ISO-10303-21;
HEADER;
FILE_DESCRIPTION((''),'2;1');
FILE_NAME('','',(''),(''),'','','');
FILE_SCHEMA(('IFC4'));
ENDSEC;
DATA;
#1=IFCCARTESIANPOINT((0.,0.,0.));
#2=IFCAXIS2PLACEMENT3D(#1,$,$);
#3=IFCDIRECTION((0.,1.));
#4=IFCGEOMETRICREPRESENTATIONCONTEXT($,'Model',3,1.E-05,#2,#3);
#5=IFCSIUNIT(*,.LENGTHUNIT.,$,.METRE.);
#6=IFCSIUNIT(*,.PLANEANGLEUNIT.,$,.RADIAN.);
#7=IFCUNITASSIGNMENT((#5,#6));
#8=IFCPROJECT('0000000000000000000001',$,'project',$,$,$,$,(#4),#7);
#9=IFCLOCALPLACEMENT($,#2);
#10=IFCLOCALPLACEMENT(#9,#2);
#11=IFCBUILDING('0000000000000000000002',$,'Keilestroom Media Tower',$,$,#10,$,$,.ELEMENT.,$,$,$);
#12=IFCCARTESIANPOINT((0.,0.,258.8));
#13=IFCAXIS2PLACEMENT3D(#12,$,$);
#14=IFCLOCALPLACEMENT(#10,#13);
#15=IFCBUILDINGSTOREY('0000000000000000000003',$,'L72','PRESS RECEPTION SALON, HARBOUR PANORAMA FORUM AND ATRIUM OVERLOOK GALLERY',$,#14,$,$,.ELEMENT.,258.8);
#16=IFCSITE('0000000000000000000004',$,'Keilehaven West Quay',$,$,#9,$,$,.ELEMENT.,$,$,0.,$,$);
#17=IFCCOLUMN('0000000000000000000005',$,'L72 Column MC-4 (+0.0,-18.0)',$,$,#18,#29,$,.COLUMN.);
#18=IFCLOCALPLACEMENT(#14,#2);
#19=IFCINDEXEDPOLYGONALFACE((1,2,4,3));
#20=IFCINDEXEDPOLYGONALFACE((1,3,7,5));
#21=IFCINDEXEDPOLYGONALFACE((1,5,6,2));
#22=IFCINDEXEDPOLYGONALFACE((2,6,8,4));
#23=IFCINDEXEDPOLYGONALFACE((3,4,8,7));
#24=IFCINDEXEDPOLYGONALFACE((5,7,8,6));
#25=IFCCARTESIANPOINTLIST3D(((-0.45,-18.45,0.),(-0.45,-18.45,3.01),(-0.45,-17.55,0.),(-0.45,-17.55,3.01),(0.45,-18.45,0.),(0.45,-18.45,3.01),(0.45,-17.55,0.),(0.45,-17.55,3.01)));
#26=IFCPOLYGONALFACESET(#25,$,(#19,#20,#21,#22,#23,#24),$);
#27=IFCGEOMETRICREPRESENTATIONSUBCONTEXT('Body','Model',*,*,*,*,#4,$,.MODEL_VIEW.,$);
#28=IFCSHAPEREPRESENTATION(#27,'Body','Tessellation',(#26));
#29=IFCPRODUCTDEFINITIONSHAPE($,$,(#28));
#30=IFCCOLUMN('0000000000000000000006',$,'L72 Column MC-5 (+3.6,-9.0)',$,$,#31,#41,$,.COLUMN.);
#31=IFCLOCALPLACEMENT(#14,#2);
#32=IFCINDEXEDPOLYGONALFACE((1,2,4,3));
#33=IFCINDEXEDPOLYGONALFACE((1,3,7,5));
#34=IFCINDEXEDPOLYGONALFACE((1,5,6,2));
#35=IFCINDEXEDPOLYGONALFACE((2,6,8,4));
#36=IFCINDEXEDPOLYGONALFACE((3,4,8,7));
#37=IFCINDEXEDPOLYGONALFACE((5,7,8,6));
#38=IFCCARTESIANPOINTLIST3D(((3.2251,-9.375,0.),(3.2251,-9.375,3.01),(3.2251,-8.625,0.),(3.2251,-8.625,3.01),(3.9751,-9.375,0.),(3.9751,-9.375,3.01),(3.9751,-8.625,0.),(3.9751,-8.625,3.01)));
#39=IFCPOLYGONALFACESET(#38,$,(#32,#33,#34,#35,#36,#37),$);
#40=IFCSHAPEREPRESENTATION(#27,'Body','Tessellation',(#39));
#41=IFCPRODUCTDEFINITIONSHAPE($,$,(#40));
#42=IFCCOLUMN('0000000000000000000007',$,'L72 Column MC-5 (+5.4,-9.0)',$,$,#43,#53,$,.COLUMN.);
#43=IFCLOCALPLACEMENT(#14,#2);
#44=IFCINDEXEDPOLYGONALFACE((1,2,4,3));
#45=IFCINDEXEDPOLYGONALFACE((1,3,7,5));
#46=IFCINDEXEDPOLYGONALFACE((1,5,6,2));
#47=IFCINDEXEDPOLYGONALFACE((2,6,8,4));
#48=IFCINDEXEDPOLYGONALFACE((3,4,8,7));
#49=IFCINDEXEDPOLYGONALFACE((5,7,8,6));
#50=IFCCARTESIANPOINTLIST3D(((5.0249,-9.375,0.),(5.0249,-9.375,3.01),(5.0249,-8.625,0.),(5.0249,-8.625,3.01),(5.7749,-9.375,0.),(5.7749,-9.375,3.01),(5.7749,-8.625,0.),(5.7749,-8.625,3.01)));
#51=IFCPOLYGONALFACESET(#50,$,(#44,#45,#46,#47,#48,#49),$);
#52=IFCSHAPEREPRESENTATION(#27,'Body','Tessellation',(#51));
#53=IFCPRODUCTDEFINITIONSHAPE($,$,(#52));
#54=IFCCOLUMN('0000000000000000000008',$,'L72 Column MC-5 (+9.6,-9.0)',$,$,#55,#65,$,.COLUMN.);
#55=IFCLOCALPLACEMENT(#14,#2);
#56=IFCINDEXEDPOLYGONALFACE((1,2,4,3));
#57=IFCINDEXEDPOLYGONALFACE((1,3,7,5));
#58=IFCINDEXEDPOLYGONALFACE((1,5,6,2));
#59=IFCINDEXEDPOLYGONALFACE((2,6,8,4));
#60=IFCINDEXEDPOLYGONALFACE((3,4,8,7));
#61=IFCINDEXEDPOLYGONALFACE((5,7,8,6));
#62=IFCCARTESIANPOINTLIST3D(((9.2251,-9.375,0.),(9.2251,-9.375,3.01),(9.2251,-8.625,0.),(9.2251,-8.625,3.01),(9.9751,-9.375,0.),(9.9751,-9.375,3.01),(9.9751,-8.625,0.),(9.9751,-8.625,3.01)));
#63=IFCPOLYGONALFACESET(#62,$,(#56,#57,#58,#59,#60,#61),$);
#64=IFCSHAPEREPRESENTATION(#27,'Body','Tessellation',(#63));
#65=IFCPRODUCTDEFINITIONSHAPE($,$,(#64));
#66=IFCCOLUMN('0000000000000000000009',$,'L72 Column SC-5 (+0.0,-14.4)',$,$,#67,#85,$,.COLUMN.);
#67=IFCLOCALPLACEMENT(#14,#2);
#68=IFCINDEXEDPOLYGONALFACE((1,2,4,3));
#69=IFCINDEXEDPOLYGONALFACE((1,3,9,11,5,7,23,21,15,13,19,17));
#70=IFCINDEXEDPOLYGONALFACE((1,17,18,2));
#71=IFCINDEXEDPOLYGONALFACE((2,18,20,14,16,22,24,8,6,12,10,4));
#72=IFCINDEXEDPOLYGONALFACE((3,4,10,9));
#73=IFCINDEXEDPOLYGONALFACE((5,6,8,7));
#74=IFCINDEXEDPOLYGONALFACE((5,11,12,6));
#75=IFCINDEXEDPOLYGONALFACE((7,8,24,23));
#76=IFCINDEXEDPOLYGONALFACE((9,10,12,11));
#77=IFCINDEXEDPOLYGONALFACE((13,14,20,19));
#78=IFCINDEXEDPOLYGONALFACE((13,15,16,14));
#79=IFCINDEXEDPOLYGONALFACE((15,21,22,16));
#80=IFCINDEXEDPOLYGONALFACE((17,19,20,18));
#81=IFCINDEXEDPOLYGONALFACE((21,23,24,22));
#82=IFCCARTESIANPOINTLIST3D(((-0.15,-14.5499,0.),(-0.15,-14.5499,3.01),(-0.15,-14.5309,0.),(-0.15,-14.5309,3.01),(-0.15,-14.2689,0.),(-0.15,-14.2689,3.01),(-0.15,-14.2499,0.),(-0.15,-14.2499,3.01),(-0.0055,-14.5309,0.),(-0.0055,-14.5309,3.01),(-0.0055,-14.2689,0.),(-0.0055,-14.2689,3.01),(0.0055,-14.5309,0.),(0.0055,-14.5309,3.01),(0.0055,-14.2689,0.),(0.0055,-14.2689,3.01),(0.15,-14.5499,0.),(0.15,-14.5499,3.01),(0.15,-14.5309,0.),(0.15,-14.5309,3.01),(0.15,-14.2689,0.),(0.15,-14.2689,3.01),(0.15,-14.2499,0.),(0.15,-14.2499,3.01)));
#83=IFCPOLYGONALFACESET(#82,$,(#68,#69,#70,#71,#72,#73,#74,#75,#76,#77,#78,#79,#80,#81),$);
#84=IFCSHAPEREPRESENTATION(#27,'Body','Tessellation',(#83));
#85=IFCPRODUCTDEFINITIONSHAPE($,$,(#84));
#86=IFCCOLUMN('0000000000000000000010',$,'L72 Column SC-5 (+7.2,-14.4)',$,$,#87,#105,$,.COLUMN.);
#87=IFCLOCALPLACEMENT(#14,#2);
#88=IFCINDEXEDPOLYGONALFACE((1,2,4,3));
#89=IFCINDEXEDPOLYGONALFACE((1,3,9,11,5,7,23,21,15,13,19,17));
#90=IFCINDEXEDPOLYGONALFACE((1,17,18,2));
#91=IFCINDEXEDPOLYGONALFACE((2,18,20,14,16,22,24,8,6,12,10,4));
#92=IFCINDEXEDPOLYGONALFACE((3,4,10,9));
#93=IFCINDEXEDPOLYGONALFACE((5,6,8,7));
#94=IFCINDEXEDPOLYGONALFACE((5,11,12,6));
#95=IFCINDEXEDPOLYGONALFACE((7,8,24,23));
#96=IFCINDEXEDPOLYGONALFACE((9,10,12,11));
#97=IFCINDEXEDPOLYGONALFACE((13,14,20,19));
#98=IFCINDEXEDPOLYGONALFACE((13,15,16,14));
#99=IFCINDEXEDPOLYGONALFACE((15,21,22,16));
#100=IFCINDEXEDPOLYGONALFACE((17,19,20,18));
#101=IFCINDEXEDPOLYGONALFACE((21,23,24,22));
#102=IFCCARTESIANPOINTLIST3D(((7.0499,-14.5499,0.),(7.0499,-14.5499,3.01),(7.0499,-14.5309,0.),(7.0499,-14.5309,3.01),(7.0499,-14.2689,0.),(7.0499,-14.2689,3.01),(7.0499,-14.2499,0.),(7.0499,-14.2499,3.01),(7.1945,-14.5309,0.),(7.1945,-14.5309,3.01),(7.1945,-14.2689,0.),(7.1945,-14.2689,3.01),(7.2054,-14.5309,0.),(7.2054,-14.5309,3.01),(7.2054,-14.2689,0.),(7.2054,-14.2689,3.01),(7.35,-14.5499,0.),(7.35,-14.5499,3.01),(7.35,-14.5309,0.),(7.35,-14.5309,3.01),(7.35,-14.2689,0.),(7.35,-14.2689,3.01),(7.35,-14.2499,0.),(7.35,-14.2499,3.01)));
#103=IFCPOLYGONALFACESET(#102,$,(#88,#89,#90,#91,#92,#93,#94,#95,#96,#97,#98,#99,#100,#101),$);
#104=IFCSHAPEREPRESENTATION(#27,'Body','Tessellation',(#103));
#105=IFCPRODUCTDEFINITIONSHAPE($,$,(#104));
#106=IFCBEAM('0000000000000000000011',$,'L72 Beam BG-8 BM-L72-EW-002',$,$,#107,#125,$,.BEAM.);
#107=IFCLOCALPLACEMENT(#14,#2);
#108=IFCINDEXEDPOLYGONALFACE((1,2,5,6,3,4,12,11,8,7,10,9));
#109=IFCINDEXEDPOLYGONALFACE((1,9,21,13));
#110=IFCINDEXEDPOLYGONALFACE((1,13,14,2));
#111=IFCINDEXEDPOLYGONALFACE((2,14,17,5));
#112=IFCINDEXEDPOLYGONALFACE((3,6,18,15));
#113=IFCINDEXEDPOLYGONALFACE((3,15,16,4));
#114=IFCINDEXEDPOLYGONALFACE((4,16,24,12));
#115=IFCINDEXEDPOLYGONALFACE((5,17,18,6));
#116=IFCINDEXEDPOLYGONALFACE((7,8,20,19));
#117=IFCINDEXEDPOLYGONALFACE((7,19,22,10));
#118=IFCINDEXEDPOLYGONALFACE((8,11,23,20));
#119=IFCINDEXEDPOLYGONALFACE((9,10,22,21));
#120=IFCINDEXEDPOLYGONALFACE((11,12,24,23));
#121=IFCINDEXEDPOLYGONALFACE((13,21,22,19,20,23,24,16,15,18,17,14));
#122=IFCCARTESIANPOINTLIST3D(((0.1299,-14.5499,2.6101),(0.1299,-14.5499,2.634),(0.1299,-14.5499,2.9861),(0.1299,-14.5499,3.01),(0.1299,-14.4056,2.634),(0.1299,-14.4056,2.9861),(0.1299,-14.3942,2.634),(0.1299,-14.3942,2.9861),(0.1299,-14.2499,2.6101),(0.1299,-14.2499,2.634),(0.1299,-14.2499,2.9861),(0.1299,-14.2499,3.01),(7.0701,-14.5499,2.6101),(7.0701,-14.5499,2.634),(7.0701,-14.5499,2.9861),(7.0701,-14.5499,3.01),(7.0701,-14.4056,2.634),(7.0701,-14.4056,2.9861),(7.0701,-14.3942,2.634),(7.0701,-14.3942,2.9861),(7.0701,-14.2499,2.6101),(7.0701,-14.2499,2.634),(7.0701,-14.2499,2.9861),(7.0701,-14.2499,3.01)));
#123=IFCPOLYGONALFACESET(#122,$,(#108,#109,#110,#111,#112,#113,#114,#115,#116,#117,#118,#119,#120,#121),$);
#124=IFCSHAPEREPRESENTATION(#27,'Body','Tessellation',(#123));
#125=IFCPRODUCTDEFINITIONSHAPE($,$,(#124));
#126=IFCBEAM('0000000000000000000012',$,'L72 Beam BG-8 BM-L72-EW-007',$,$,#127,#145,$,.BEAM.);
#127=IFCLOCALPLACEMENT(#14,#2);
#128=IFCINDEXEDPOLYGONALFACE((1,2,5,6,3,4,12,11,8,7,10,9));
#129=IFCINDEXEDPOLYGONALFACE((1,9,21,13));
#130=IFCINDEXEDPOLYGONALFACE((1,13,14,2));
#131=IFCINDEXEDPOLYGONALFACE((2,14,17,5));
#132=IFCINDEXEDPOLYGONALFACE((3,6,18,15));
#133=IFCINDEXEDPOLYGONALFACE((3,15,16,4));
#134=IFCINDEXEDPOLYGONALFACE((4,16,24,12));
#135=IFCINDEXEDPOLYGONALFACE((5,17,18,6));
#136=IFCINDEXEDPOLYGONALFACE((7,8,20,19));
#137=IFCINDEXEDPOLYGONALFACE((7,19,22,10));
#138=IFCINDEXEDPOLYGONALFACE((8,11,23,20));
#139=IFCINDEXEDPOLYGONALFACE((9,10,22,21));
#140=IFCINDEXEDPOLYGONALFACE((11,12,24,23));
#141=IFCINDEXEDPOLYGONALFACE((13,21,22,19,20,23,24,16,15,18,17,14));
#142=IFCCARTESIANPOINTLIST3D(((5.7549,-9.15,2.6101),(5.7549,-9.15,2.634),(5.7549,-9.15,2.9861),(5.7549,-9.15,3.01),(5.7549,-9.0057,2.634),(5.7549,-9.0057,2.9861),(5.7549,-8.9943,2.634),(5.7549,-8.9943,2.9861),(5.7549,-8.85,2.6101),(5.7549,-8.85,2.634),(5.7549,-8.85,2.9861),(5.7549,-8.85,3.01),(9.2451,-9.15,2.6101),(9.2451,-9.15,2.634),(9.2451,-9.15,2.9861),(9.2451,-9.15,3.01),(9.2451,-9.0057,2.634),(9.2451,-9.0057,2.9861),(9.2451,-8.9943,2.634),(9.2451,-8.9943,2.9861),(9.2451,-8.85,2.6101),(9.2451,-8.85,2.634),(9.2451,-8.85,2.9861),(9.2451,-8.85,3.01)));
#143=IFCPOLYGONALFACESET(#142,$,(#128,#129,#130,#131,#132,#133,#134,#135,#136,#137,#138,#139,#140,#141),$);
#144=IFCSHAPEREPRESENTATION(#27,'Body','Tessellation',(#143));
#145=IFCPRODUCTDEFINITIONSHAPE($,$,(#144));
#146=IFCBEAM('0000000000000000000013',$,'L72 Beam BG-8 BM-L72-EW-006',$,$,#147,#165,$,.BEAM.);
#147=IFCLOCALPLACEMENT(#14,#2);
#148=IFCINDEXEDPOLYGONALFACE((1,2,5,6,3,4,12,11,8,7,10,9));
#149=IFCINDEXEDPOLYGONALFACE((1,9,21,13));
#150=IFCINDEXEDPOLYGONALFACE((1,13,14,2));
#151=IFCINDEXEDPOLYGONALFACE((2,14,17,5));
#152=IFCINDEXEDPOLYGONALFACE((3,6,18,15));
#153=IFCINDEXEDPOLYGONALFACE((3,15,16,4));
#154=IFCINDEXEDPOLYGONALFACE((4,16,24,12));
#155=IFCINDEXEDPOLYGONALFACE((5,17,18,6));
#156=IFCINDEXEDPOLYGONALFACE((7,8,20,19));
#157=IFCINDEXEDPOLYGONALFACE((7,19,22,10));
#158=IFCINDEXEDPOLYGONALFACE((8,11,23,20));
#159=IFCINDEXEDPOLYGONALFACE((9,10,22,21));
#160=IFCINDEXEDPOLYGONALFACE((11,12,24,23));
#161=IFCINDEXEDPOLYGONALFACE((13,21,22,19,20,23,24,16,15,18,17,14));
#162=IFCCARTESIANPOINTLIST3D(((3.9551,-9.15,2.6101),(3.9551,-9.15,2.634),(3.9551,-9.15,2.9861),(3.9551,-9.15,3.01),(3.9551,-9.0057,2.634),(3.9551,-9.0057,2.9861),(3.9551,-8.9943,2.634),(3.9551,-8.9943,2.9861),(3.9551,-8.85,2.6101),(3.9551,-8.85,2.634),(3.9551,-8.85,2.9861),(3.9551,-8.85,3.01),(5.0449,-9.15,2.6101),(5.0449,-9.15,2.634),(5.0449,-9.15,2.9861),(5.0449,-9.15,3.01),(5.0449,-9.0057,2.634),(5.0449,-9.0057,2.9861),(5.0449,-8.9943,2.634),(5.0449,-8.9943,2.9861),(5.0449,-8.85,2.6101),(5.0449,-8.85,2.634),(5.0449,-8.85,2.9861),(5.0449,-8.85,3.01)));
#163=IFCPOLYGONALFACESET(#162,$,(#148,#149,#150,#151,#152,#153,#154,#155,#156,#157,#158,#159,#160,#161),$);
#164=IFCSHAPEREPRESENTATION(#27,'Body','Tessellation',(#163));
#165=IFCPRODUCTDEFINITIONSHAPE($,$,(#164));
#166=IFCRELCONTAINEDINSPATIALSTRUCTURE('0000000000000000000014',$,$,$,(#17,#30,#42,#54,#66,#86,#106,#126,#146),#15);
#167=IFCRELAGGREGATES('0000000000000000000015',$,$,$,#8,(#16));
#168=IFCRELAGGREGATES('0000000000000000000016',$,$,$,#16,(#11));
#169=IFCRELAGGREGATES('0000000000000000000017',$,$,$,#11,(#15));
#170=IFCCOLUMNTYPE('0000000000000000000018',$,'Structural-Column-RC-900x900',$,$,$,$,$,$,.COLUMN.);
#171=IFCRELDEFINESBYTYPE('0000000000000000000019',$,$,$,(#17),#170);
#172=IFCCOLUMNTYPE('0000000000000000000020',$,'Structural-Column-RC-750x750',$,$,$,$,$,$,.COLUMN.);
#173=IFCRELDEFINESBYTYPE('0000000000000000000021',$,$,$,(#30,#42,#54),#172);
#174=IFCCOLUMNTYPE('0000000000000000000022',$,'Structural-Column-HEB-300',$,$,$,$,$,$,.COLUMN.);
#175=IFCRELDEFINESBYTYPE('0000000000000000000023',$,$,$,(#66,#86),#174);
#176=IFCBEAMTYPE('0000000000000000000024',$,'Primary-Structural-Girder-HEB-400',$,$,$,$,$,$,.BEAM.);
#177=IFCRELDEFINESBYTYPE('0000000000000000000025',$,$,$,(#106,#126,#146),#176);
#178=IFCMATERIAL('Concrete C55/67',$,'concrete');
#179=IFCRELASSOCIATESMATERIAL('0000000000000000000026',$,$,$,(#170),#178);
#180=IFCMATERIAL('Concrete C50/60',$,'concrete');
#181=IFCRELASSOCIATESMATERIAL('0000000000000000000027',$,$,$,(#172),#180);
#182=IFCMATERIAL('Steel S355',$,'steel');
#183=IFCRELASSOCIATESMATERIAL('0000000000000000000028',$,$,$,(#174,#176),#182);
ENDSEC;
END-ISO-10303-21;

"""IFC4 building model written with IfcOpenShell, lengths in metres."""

from ifc_helpers import new_model, si_unit, direction, frame, origin, origin_2d, place, context, subcontext, project, spatial, rectangle, i_section, extrude, source, transform, mapped, material, material_profile, profile_set, type_object, element, save


model = new_model("IFC4")

# Units and contexts
model_context = context("Model", 3, precision=1e-05, world=origin(), true_north=direction((0.0, 1.0)))
body_context = subcontext(model_context, "Body", "Model", "MODEL_VIEW")
ifc_project = project(units=[si_unit("LENGTHUNIT", "METRE"), si_unit("PLANEANGLEUNIT", "RADIAN")], contexts=[model_context])

# Site, building, storey
site_placement = place(None, origin())
site = spatial("IfcSite", under=ifc_project, at=site_placement, Name="Keilehaven West Quay", CompositionType="ELEMENT", RefElevation=0.0)
building_placement = place(site_placement, origin())
building = spatial("IfcBuilding", under=site, at=building_placement, Name="Keilestroom Media Tower", CompositionType="ELEMENT")
storey_placement = place(building_placement, frame((0.0, 0.0, 258.8)))
storey = spatial("IfcBuildingStorey", under=building, at=storey_placement, Name="L72", Description="PRESS RECEPTION SALON, HARBOUR PANORAMA FORUM AND ATRIUM OVERLOOK GALLERY", CompositionType="ELEMENT", Elevation=258.8)

# Columns
ifc_material_1 = material(Name="Concrete C55/67", Category="concrete")
ifc_material_profile_1 = material_profile(ifc_material_1, rectangle(XDim=0.8999, YDim=0.8999, at=origin_2d()), Name="RC 900x900")
ifc_profile_set_1 = profile_set([ifc_material_profile_1], Name="Concrete C55/67")
column_type_1 = type_object("IfcColumnType", Name="Structural-Column-RC-900x900", PredefinedType="COLUMN", material=ifc_profile_set_1)
shared_shape_1 = source(origin(), body_context, "Body", "SweptSolid", [
    extrude(rectangle(XDim=0.8999, YDim=0.8999, at=origin_2d()), origin(), (0.0, 0.0, 1.0), 3.01),
])
column_placement = place(storey_placement, frame((0.0, -18.0, 0.0), z_axis=(0.0, 0.0, 1.0), x_axis=(1.0, 0.0, 0.0)))
element("IfcColumn", 1, at=column_placement, inside=storey, type_object=column_type_1, Name="L72 Column MC-4 (+0.0,-18.0)", PredefinedType="COLUMN", context=body_context, shape_type="MappedRepresentation", body=[
    mapped(shared_shape_1, transform((0.0, 0.0, 0.0), x_axis=(1.0, 0.0, 0.0), y_axis=(0.0, 1.0, 0.0), z_axis=(0.0, 0.0, 1.0), scale=1.0)),
])
ifc_material_2 = material(Name="Concrete C50/60", Category="concrete")
ifc_material_profile_2 = material_profile(ifc_material_2, rectangle(XDim=0.75, YDim=0.75, at=origin_2d()), Name="RC 750x750")
ifc_profile_set_2 = profile_set([ifc_material_profile_2], Name="Concrete C50/60")
column_type_2 = type_object("IfcColumnType", Name="Structural-Column-RC-750x750", PredefinedType="COLUMN", material=ifc_profile_set_2)
shared_shape_2 = source(origin(), body_context, "Body", "SweptSolid", [
    extrude(rectangle(XDim=0.75, YDim=0.75, at=origin_2d()), origin(), (0.0, 0.0, 1.0), 3.01),
])
for number, where, z_axis, x_axis, name in (
    (2, (3.6001, -9.0, 0.0), (0.0, 0.0, 1.0), (1.0, 0.0, 0.0), "L72 Column MC-5 (+3.6,-9.0)"),
    (3, (5.3999, -9.0, 0.0), (0.0, 0.0, 1.0), (1.0, 0.0, 0.0), "L72 Column MC-5 (+5.4,-9.0)"),
    (4, (9.6001, -9.0, 0.0), (0.0, 0.0, 1.0), (1.0, 0.0, 0.0), "L72 Column MC-5 (+9.6,-9.0)"),
):
    element("IfcColumn", number, at=place(storey_placement, frame(where, z_axis=z_axis, x_axis=x_axis)), inside=storey, type_object=column_type_2, Name=name, PredefinedType="COLUMN", context=body_context, shape_type="MappedRepresentation", body=[
        mapped(shared_shape_2, transform((0.0, 0.0, 0.0), x_axis=(1.0, 0.0, 0.0), y_axis=(0.0, 1.0, 0.0), z_axis=(0.0, 0.0, 1.0), scale=1.0)),
    ])
ifc_material_3 = material(Name="Steel S355", Category="steel")
ifc_material_profile_3 = material_profile(ifc_material_3, i_section(OverallWidth=0.3, OverallDepth=0.3, WebThickness=0.011, FlangeThickness=0.019, at=origin_2d()), Name="HEB 300")
ifc_profile_set_3 = profile_set([ifc_material_profile_3], Name="Steel S355")
column_type_3 = type_object("IfcColumnType", Name="Structural-Column-HEB-300", PredefinedType="COLUMN", material=ifc_profile_set_3)
shared_shape_3 = source(origin(), body_context, "Body", "SweptSolid", [
    extrude(i_section(OverallWidth=0.3, OverallDepth=0.3, WebThickness=0.011, FlangeThickness=0.019, at=origin_2d()), origin(), (0.0, 0.0, 1.0), 3.01),
])
for number, where, z_axis, x_axis, name in (
    (5, (0.0, -14.3999, 0.0), (0.0, 0.0, 1.0), (1.0, 0.0, 0.0), "L72 Column SC-5 (+0.0,-14.4)"),
    (6, (7.2, -14.3999, 0.0), (0.0, 0.0, 1.0), (1.0, 0.0, 0.0), "L72 Column SC-5 (+7.2,-14.4)"),
):
    element("IfcColumn", number, at=place(storey_placement, frame(where, z_axis=z_axis, x_axis=x_axis)), inside=storey, type_object=column_type_3, Name=name, PredefinedType="COLUMN", context=body_context, shape_type="MappedRepresentation", body=[
        mapped(shared_shape_3, transform((0.0, 0.0, 0.0), x_axis=(1.0, 0.0, 0.0), y_axis=(0.0, 1.0, 0.0), z_axis=(0.0, 0.0, 1.0), scale=1.0)),
    ])

# Beams
ifc_material_profile_4 = material_profile(ifc_material_3, i_section(OverallWidth=0.3, OverallDepth=0.3999, WebThickness=0.0115, FlangeThickness=0.0239, at=origin_2d()), Name="HEB 400")
ifc_profile_set_4 = profile_set([ifc_material_profile_4], Name="Steel S355")
beam_type_1 = type_object("IfcBeamType", Name="Primary-Structural-Girder-HEB-400", PredefinedType="BEAM", material=ifc_profile_set_4)
shared_shape_4 = source(origin(), body_context, "Body", "SweptSolid", [
    extrude(i_section(OverallWidth=0.3, OverallDepth=0.3999, WebThickness=0.0115, FlangeThickness=0.0239, at=origin_2d()), origin(), (0.0, 0.0, 1.0), 6.9402),
])
beam_1_placement = place(storey_placement, frame((0.1299, -14.3999, 2.8101), z_axis=(1.0, 0.0, 0.0), x_axis=(0.0, 1.0, 0.0)))
element("IfcBeam", 7, at=beam_1_placement, inside=storey, type_object=beam_type_1, Name="L72 Beam BG-8 BM-L72-EW-002", PredefinedType="BEAM", context=body_context, shape_type="MappedRepresentation", body=[
    mapped(shared_shape_4, transform((0.0, 0.0, 0.0), x_axis=(1.0, 0.0, 0.0), y_axis=(0.0, 1.0, 0.0), z_axis=(0.0, 0.0, 1.0), scale=1.0)),
])
shared_shape_5 = source(origin(), body_context, "Body", "SweptSolid", [
    extrude(i_section(OverallWidth=0.3, OverallDepth=0.3999, WebThickness=0.0115, FlangeThickness=0.0239, at=origin_2d()), origin(), (0.0, 0.0, 1.0), 3.4902),
])
beam_2_placement = place(storey_placement, frame((5.7549, -9.0, 2.8101), z_axis=(1.0, 0.0, 0.0), x_axis=(0.0, 1.0, 0.0)))
element("IfcBeam", 8, at=beam_2_placement, inside=storey, type_object=beam_type_1, Name="L72 Beam BG-8 BM-L72-EW-007", PredefinedType="BEAM", context=body_context, shape_type="MappedRepresentation", body=[
    mapped(shared_shape_5, transform((0.0, 0.0, 0.0), x_axis=(1.0, 0.0, 0.0), y_axis=(0.0, 1.0, 0.0), z_axis=(0.0, 0.0, 1.0), scale=1.0)),
])
shared_shape_6 = source(origin(), body_context, "Body", "SweptSolid", [
    extrude(i_section(OverallWidth=0.3, OverallDepth=0.3999, WebThickness=0.0115, FlangeThickness=0.0239, at=origin_2d()), origin(), (0.0, 0.0, 1.0), 1.0898),
])
beam_3_placement = place(storey_placement, frame((3.9551, -9.0, 2.8101), z_axis=(1.0, 0.0, 0.0), x_axis=(0.0, 1.0, 0.0)))
element("IfcBeam", 9, at=beam_3_placement, inside=storey, type_object=beam_type_1, Name="L72 Beam BG-8 BM-L72-EW-006", PredefinedType="BEAM", context=body_context, shape_type="MappedRepresentation", body=[
    mapped(shared_shape_6, transform((0.0, 0.0, 0.0), x_axis=(1.0, 0.0, 0.0), y_axis=(0.0, 1.0, 0.0), z_axis=(0.0, 0.0, 1.0), scale=1.0)),
])

save(model, "model.ifc")
